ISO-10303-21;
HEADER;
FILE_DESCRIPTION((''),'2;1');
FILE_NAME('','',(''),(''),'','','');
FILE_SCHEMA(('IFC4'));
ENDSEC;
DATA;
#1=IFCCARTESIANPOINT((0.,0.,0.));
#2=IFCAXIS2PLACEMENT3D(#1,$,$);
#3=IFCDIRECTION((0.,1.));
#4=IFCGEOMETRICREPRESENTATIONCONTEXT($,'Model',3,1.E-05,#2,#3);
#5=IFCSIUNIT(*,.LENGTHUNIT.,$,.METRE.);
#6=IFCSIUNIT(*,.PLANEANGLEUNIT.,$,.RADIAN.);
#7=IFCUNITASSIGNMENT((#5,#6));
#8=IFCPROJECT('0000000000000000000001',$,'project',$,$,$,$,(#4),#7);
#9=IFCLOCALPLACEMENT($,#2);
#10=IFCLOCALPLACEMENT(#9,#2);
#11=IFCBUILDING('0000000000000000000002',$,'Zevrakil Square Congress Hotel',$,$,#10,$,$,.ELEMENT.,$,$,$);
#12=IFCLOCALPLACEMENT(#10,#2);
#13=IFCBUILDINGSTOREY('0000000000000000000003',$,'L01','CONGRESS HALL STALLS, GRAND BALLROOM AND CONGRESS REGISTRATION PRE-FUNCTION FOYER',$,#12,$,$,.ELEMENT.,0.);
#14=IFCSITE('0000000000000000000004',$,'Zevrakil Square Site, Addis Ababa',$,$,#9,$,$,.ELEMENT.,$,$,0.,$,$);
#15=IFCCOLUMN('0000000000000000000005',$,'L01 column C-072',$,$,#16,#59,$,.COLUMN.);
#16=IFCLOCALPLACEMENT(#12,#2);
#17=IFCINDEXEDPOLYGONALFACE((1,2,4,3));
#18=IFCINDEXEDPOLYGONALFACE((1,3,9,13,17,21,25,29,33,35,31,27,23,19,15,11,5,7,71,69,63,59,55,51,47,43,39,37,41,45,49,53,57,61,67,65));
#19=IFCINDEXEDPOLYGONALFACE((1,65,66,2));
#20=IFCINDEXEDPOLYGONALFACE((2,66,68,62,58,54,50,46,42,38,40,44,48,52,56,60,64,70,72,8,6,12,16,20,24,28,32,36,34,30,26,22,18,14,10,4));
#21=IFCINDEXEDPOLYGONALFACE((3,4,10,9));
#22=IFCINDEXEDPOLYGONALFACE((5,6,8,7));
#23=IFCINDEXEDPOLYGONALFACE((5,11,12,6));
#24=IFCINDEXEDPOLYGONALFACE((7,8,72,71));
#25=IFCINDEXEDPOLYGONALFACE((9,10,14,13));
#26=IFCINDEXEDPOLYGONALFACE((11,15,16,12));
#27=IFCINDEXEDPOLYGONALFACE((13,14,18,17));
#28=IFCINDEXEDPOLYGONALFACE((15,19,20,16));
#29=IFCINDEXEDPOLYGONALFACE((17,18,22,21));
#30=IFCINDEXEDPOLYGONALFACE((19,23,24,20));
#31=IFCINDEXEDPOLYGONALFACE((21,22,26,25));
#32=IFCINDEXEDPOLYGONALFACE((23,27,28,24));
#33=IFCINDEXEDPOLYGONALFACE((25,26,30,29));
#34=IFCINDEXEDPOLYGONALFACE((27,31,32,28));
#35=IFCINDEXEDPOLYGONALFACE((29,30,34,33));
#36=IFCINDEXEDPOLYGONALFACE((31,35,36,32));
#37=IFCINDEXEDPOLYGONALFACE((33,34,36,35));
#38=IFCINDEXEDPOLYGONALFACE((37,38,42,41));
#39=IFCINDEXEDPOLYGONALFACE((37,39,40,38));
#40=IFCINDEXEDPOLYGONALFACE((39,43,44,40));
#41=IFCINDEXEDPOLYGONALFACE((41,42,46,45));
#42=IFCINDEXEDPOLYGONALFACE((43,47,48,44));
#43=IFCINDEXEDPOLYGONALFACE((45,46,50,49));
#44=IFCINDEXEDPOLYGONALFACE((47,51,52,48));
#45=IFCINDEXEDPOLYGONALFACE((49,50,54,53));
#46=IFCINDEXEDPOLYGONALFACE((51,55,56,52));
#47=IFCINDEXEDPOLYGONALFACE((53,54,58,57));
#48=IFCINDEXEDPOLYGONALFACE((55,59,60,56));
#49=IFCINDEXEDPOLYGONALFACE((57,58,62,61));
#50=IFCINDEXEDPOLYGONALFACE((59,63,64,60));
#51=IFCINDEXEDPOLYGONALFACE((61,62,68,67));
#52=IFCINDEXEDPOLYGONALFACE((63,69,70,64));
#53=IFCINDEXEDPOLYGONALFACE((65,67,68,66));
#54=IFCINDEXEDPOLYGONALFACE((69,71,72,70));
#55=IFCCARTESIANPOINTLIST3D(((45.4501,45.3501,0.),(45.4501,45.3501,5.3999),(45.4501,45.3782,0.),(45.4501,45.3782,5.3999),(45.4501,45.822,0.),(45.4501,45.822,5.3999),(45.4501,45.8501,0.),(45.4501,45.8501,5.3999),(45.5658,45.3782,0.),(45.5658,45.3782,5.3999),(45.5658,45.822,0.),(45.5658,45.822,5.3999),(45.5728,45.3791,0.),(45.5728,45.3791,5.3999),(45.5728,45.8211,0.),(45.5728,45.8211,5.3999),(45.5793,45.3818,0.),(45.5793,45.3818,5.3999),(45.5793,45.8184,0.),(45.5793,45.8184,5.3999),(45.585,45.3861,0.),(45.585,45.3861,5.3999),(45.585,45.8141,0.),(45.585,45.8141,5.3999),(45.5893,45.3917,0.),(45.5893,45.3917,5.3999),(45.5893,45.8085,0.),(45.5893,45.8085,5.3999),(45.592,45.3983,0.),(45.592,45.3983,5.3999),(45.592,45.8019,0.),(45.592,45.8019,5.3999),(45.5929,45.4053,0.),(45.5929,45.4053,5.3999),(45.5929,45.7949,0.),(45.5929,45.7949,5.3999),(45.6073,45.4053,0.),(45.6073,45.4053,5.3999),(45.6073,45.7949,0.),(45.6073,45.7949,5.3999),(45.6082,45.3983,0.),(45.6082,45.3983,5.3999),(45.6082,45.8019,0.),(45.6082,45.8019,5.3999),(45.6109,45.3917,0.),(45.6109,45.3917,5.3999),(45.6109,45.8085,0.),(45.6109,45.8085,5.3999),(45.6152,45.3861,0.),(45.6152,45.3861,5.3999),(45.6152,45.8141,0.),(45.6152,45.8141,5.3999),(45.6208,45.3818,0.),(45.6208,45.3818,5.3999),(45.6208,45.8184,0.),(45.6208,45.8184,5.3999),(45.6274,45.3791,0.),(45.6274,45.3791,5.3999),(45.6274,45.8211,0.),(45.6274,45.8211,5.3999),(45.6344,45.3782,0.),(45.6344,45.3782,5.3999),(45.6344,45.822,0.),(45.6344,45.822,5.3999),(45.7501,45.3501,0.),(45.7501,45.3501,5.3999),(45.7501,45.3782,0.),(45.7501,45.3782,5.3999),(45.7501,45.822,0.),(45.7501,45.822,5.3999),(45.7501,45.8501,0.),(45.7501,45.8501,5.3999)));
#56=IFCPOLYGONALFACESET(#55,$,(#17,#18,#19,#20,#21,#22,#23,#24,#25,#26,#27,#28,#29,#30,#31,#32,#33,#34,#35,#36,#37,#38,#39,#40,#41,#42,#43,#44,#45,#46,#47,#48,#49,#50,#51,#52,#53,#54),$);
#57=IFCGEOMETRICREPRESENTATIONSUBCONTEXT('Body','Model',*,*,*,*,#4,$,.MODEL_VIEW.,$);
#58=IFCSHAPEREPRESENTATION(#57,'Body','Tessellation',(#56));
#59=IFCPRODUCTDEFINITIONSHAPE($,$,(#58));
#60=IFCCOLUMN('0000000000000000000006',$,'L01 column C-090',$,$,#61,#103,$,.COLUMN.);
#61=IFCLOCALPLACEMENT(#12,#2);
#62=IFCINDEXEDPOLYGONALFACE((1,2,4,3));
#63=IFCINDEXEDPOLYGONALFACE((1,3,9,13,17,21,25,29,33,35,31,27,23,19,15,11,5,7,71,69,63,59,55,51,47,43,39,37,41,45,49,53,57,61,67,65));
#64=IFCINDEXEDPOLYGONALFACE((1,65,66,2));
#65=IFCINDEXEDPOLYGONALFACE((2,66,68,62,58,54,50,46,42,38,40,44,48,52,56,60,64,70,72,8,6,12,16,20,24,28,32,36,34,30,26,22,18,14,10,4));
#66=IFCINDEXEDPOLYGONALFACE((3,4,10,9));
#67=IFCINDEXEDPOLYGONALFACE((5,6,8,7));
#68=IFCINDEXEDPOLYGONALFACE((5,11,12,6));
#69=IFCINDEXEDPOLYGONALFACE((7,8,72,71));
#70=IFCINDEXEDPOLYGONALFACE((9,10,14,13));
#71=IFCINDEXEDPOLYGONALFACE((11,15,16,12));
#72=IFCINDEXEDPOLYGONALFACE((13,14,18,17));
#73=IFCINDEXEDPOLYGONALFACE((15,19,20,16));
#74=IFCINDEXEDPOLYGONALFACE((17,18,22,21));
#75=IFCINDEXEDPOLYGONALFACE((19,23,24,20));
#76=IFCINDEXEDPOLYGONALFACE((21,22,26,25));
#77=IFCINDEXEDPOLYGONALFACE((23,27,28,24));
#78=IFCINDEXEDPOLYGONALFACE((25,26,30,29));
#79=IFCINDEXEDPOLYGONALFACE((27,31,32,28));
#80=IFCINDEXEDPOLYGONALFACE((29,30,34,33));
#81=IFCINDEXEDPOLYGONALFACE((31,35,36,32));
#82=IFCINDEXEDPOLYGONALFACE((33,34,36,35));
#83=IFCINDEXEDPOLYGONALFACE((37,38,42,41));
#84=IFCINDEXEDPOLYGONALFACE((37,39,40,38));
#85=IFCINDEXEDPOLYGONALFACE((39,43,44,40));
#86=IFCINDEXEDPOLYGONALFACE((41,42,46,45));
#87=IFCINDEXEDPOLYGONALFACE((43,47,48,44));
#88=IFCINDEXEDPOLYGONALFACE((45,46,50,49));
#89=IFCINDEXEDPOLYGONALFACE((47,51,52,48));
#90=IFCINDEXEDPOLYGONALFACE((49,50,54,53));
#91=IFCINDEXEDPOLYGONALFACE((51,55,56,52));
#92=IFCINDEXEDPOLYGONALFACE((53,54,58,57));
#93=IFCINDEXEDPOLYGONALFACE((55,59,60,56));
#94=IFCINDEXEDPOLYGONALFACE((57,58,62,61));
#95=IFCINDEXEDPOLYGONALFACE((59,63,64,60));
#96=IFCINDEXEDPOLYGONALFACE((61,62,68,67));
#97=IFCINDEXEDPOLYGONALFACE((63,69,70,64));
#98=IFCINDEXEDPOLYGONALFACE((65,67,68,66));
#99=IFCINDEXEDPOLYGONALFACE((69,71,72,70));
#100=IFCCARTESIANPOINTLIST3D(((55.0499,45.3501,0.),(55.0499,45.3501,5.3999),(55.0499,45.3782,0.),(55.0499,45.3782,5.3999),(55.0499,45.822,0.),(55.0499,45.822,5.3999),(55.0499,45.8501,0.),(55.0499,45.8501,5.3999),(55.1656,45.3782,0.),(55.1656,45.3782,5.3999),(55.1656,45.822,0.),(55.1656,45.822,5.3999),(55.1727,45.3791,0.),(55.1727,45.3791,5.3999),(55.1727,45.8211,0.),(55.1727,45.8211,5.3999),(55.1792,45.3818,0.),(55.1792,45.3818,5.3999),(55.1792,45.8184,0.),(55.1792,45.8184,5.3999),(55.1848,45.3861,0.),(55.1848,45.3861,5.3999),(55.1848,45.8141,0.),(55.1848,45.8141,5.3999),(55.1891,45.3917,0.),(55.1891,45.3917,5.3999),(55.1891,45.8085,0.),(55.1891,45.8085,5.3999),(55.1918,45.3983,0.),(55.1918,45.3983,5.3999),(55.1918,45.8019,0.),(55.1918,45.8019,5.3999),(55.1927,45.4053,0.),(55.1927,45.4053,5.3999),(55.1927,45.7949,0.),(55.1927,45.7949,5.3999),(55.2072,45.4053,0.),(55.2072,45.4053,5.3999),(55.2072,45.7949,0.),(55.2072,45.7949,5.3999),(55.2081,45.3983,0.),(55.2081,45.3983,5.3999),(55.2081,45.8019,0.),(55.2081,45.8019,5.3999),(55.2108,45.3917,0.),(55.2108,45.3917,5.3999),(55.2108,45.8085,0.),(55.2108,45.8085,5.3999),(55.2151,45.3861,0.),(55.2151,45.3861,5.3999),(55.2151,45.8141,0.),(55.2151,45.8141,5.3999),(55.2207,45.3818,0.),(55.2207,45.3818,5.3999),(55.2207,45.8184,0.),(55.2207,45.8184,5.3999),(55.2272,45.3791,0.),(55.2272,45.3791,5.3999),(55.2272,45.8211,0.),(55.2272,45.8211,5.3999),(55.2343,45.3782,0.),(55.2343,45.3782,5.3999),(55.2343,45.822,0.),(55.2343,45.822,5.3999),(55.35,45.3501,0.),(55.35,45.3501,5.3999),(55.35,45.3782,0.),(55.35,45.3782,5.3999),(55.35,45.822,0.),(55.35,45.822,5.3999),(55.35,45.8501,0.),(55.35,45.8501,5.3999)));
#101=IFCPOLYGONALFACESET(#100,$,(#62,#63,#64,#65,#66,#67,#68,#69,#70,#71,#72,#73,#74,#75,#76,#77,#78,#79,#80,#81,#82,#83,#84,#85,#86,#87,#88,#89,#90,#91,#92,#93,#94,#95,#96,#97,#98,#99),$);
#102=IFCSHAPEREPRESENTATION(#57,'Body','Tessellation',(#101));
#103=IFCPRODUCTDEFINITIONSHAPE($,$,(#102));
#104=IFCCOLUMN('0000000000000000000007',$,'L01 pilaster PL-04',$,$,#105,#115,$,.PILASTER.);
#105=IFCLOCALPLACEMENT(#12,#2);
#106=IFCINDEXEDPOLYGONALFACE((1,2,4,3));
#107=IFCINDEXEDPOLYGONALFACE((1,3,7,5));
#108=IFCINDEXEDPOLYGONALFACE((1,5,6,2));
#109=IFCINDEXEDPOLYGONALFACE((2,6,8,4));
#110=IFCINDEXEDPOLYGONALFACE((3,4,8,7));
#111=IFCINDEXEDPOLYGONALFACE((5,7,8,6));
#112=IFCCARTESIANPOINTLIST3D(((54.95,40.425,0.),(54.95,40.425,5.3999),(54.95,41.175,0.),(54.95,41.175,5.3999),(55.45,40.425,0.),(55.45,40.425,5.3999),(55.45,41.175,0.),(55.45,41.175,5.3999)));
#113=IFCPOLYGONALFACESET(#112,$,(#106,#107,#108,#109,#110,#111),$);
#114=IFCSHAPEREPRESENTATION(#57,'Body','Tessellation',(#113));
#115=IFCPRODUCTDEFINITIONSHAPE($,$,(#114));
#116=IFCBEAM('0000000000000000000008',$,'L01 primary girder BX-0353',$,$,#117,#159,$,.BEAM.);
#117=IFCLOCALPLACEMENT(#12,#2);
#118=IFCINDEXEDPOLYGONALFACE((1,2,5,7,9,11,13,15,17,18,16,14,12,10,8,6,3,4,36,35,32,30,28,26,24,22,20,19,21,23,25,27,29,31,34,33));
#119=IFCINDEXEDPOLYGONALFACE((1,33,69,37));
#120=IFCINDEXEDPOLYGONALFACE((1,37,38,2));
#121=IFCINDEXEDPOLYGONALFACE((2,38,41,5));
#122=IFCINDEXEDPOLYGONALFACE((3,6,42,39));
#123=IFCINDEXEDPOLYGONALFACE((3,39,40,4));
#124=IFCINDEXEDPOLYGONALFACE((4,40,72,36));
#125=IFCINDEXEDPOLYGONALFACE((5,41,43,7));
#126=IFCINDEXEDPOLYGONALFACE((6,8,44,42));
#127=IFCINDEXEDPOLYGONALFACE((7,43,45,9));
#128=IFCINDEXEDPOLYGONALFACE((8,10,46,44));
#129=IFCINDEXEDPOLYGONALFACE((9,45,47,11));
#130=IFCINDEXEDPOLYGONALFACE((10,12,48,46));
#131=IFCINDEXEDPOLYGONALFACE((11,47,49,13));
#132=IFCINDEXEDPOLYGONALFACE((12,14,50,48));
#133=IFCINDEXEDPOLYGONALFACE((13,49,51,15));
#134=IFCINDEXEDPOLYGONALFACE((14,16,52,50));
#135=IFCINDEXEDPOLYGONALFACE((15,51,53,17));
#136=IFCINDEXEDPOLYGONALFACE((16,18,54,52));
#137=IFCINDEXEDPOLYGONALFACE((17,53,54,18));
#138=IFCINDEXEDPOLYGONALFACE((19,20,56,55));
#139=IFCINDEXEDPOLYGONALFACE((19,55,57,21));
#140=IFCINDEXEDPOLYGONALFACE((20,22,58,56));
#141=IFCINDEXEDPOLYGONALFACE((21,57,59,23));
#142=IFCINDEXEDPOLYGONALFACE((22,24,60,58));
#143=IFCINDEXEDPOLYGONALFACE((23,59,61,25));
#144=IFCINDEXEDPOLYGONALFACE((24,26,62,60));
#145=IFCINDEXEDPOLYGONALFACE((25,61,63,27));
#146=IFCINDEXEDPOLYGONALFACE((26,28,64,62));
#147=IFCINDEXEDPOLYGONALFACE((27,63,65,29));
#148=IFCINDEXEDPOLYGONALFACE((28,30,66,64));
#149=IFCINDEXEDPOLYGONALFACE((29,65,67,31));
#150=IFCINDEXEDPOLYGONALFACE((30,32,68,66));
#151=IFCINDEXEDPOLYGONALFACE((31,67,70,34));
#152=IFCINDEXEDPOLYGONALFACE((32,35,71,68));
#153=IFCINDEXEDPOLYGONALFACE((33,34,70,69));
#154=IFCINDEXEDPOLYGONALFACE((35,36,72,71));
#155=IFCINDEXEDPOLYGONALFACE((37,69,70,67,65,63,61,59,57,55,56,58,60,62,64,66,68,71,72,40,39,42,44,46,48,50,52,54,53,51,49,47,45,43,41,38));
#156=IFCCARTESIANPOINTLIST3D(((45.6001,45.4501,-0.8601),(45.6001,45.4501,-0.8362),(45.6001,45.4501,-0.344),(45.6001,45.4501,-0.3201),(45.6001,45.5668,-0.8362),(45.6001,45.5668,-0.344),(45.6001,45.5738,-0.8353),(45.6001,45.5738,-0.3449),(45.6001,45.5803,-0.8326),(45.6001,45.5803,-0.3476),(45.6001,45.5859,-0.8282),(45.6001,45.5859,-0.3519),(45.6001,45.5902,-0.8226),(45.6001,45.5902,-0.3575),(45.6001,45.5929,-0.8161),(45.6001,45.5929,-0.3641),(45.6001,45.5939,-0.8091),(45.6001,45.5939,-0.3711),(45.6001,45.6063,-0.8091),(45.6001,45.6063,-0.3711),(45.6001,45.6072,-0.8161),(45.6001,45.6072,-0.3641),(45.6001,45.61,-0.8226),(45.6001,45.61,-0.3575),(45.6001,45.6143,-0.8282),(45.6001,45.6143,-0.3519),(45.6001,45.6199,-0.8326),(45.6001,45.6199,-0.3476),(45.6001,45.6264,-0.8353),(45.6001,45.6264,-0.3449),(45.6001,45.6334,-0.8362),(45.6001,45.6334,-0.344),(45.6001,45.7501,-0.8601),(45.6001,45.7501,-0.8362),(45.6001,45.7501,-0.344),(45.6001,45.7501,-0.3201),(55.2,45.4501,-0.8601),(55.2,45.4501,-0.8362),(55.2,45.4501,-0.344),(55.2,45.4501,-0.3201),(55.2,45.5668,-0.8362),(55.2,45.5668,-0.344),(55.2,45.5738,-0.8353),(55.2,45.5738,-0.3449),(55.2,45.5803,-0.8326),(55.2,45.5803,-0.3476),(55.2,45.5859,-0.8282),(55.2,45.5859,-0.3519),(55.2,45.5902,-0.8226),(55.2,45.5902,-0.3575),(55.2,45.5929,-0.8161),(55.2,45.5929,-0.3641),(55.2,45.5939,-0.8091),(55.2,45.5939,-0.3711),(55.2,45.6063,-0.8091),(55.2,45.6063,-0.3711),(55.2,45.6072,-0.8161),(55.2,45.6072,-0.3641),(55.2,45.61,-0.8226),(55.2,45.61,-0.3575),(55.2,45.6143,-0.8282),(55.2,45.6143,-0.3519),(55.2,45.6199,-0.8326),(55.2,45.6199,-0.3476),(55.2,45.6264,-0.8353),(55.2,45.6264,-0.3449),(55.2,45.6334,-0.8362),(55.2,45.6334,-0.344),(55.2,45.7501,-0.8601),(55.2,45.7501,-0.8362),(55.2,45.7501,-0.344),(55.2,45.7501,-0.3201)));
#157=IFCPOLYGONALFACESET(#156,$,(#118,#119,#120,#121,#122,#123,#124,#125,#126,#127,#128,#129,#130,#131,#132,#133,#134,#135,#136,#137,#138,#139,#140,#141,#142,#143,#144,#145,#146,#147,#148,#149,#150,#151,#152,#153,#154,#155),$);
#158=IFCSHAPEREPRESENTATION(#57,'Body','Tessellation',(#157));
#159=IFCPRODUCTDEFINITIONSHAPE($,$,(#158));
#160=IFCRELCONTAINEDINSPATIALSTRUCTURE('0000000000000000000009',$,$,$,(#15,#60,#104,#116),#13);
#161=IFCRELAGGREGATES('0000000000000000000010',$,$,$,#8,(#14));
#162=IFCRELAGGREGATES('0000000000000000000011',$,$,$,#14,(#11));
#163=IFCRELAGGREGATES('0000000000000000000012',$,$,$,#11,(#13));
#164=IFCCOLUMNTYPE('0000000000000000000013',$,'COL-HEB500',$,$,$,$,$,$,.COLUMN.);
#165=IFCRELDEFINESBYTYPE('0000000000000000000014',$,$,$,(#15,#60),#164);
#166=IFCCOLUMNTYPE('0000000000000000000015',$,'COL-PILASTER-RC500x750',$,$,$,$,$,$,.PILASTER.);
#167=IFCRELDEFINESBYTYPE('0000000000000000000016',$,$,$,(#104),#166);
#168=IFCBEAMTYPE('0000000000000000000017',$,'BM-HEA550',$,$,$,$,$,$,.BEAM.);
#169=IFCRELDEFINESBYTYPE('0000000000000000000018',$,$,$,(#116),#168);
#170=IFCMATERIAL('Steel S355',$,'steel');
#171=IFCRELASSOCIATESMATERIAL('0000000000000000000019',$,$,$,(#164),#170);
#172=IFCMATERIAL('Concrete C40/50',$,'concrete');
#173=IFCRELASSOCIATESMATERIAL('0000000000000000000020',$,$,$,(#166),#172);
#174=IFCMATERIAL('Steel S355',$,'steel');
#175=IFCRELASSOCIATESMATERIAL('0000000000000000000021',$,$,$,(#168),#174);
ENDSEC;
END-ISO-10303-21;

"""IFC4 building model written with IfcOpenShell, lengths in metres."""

from ifc_helpers import new_model, si_unit, direction, frame, origin, origin_2d, place, context, subcontext, project, spatial, rectangle, i_section, extrude, material, material_profile, profile_set, type_object, element, save


model = new_model("IFC4")

# Units and contexts
model_context = context("Model", 3, precision=1e-05, world=origin(), true_north=direction((0.0, 1.0)))
body_context = subcontext(model_context, "Body", "Model", "MODEL_VIEW")
ifc_project = project(units=[si_unit("LENGTHUNIT", "METRE"), si_unit("PLANEANGLEUNIT", "RADIAN")], contexts=[model_context])

# Site, building, storey
site_placement = place(None, origin())
site = spatial("IfcSite", under=ifc_project, at=site_placement, Name="Zevrakil Square Site, Addis Ababa", CompositionType="ELEMENT", RefElevation=0.0)
building_placement = place(site_placement, origin())
building = spatial("IfcBuilding", under=site, at=building_placement, Name="Zevrakil Square Congress Hotel", CompositionType="ELEMENT")
storey_placement = place(building_placement, origin())
storey = spatial("IfcBuildingStorey", under=building, at=storey_placement, Name="L01", Description="CONGRESS HALL STALLS, GRAND BALLROOM AND CONGRESS REGISTRATION PRE-FUNCTION FOYER", CompositionType="ELEMENT", Elevation=0.0)

# Columns
ifc_material_1 = material(Name="Steel S355", Category="steel")
ifc_material_profile_1 = material_profile(ifc_material_1, i_section(OverallWidth=0.3, OverallDepth=0.5, WebThickness=0.0144, FlangeThickness=0.0281, FilletRadius=0.0271, at=origin_2d()), Name="HEB 500")
ifc_profile_set_1 = profile_set([ifc_material_profile_1], Name="Steel S355")
column_type_1 = type_object("IfcColumnType", Name="COL-HEB500", PredefinedType="COLUMN", material=ifc_profile_set_1)
for number, where, z_axis, x_axis, name in (
    (1, (45.6001, 45.6001, 0.0), (0.0, 0.0, 1.0), (1.0, 0.0, 0.0), "L01 column C-072"),
    (2, (55.2, 45.6001, 0.0), (0.0, 0.0, 1.0), (1.0, 0.0, 0.0), "L01 column C-090"),
):
    element("IfcColumn", number, at=place(storey_placement, frame(where, z_axis=z_axis, x_axis=x_axis)), inside=storey, type_object=column_type_1, Name=name, PredefinedType="COLUMN", context=body_context, shape_type="SweptSolid", body=[
        extrude(i_section(OverallWidth=0.3, OverallDepth=0.5, WebThickness=0.0144, FlangeThickness=0.0281, FilletRadius=0.0271, at=origin_2d()), origin(), (0.0, 0.0, 1.0), 5.3999),
    ])
ifc_material_2 = material(Name="Concrete C40/50", Category="concrete")
ifc_material_profile_2 = material_profile(ifc_material_2, rectangle(XDim=0.5, YDim=0.75, at=origin_2d()), Name="RC 500x750")
ifc_profile_set_2 = profile_set([ifc_material_profile_2], Name="Concrete C40/50")
column_type_2 = type_object("IfcColumnType", Name="COL-PILASTER-RC500x750", PredefinedType="PILASTER", material=ifc_profile_set_2)
column_placement = place(storey_placement, frame((55.2, 40.8, 0.0), z_axis=(0.0, 0.0, 1.0), x_axis=(1.0, 0.0, 0.0)))
element("IfcColumn", 3, at=column_placement, inside=storey, type_object=column_type_2, Name="L01 pilaster PL-04", PredefinedType="PILASTER", context=body_context, shape_type="SweptSolid", body=[
    extrude(rectangle(XDim=0.5, YDim=0.75, at=origin_2d()), origin(), (0.0, 0.0, 1.0), 5.3999),
])

# Beam
ifc_material_3 = material(Name="Steel S355", Category="steel")
ifc_material_profile_3 = material_profile(ifc_material_3, i_section(OverallWidth=0.3, OverallDepth=0.54, WebThickness=0.0125, FlangeThickness=0.0239, FilletRadius=0.0271, at=origin_2d()), Name="HEA 550")
ifc_profile_set_3 = profile_set([ifc_material_profile_3], Name="Steel S355")
beam_type_1 = type_object("IfcBeamType", Name="BM-HEA550", PredefinedType="BEAM", material=ifc_profile_set_3)
beam_1_placement = place(storey_placement, frame((45.6001, 45.6001, -0.5901), z_axis=(1.0, 0.0, 0.0), x_axis=(0.0, 1.0, 0.0)))
element("IfcBeam", 4, at=beam_1_placement, inside=storey, type_object=beam_type_1, Name="L01 primary girder BX-0353", PredefinedType="BEAM", context=body_context, shape_type="SweptSolid", body=[
    extrude(i_section(OverallWidth=0.3, OverallDepth=0.54, WebThickness=0.0125, FlangeThickness=0.0239, FilletRadius=0.0271, at=origin_2d()), origin(), (0.0, 0.0, 1.0), 9.5999),
])

save(model, "model.ifc")
